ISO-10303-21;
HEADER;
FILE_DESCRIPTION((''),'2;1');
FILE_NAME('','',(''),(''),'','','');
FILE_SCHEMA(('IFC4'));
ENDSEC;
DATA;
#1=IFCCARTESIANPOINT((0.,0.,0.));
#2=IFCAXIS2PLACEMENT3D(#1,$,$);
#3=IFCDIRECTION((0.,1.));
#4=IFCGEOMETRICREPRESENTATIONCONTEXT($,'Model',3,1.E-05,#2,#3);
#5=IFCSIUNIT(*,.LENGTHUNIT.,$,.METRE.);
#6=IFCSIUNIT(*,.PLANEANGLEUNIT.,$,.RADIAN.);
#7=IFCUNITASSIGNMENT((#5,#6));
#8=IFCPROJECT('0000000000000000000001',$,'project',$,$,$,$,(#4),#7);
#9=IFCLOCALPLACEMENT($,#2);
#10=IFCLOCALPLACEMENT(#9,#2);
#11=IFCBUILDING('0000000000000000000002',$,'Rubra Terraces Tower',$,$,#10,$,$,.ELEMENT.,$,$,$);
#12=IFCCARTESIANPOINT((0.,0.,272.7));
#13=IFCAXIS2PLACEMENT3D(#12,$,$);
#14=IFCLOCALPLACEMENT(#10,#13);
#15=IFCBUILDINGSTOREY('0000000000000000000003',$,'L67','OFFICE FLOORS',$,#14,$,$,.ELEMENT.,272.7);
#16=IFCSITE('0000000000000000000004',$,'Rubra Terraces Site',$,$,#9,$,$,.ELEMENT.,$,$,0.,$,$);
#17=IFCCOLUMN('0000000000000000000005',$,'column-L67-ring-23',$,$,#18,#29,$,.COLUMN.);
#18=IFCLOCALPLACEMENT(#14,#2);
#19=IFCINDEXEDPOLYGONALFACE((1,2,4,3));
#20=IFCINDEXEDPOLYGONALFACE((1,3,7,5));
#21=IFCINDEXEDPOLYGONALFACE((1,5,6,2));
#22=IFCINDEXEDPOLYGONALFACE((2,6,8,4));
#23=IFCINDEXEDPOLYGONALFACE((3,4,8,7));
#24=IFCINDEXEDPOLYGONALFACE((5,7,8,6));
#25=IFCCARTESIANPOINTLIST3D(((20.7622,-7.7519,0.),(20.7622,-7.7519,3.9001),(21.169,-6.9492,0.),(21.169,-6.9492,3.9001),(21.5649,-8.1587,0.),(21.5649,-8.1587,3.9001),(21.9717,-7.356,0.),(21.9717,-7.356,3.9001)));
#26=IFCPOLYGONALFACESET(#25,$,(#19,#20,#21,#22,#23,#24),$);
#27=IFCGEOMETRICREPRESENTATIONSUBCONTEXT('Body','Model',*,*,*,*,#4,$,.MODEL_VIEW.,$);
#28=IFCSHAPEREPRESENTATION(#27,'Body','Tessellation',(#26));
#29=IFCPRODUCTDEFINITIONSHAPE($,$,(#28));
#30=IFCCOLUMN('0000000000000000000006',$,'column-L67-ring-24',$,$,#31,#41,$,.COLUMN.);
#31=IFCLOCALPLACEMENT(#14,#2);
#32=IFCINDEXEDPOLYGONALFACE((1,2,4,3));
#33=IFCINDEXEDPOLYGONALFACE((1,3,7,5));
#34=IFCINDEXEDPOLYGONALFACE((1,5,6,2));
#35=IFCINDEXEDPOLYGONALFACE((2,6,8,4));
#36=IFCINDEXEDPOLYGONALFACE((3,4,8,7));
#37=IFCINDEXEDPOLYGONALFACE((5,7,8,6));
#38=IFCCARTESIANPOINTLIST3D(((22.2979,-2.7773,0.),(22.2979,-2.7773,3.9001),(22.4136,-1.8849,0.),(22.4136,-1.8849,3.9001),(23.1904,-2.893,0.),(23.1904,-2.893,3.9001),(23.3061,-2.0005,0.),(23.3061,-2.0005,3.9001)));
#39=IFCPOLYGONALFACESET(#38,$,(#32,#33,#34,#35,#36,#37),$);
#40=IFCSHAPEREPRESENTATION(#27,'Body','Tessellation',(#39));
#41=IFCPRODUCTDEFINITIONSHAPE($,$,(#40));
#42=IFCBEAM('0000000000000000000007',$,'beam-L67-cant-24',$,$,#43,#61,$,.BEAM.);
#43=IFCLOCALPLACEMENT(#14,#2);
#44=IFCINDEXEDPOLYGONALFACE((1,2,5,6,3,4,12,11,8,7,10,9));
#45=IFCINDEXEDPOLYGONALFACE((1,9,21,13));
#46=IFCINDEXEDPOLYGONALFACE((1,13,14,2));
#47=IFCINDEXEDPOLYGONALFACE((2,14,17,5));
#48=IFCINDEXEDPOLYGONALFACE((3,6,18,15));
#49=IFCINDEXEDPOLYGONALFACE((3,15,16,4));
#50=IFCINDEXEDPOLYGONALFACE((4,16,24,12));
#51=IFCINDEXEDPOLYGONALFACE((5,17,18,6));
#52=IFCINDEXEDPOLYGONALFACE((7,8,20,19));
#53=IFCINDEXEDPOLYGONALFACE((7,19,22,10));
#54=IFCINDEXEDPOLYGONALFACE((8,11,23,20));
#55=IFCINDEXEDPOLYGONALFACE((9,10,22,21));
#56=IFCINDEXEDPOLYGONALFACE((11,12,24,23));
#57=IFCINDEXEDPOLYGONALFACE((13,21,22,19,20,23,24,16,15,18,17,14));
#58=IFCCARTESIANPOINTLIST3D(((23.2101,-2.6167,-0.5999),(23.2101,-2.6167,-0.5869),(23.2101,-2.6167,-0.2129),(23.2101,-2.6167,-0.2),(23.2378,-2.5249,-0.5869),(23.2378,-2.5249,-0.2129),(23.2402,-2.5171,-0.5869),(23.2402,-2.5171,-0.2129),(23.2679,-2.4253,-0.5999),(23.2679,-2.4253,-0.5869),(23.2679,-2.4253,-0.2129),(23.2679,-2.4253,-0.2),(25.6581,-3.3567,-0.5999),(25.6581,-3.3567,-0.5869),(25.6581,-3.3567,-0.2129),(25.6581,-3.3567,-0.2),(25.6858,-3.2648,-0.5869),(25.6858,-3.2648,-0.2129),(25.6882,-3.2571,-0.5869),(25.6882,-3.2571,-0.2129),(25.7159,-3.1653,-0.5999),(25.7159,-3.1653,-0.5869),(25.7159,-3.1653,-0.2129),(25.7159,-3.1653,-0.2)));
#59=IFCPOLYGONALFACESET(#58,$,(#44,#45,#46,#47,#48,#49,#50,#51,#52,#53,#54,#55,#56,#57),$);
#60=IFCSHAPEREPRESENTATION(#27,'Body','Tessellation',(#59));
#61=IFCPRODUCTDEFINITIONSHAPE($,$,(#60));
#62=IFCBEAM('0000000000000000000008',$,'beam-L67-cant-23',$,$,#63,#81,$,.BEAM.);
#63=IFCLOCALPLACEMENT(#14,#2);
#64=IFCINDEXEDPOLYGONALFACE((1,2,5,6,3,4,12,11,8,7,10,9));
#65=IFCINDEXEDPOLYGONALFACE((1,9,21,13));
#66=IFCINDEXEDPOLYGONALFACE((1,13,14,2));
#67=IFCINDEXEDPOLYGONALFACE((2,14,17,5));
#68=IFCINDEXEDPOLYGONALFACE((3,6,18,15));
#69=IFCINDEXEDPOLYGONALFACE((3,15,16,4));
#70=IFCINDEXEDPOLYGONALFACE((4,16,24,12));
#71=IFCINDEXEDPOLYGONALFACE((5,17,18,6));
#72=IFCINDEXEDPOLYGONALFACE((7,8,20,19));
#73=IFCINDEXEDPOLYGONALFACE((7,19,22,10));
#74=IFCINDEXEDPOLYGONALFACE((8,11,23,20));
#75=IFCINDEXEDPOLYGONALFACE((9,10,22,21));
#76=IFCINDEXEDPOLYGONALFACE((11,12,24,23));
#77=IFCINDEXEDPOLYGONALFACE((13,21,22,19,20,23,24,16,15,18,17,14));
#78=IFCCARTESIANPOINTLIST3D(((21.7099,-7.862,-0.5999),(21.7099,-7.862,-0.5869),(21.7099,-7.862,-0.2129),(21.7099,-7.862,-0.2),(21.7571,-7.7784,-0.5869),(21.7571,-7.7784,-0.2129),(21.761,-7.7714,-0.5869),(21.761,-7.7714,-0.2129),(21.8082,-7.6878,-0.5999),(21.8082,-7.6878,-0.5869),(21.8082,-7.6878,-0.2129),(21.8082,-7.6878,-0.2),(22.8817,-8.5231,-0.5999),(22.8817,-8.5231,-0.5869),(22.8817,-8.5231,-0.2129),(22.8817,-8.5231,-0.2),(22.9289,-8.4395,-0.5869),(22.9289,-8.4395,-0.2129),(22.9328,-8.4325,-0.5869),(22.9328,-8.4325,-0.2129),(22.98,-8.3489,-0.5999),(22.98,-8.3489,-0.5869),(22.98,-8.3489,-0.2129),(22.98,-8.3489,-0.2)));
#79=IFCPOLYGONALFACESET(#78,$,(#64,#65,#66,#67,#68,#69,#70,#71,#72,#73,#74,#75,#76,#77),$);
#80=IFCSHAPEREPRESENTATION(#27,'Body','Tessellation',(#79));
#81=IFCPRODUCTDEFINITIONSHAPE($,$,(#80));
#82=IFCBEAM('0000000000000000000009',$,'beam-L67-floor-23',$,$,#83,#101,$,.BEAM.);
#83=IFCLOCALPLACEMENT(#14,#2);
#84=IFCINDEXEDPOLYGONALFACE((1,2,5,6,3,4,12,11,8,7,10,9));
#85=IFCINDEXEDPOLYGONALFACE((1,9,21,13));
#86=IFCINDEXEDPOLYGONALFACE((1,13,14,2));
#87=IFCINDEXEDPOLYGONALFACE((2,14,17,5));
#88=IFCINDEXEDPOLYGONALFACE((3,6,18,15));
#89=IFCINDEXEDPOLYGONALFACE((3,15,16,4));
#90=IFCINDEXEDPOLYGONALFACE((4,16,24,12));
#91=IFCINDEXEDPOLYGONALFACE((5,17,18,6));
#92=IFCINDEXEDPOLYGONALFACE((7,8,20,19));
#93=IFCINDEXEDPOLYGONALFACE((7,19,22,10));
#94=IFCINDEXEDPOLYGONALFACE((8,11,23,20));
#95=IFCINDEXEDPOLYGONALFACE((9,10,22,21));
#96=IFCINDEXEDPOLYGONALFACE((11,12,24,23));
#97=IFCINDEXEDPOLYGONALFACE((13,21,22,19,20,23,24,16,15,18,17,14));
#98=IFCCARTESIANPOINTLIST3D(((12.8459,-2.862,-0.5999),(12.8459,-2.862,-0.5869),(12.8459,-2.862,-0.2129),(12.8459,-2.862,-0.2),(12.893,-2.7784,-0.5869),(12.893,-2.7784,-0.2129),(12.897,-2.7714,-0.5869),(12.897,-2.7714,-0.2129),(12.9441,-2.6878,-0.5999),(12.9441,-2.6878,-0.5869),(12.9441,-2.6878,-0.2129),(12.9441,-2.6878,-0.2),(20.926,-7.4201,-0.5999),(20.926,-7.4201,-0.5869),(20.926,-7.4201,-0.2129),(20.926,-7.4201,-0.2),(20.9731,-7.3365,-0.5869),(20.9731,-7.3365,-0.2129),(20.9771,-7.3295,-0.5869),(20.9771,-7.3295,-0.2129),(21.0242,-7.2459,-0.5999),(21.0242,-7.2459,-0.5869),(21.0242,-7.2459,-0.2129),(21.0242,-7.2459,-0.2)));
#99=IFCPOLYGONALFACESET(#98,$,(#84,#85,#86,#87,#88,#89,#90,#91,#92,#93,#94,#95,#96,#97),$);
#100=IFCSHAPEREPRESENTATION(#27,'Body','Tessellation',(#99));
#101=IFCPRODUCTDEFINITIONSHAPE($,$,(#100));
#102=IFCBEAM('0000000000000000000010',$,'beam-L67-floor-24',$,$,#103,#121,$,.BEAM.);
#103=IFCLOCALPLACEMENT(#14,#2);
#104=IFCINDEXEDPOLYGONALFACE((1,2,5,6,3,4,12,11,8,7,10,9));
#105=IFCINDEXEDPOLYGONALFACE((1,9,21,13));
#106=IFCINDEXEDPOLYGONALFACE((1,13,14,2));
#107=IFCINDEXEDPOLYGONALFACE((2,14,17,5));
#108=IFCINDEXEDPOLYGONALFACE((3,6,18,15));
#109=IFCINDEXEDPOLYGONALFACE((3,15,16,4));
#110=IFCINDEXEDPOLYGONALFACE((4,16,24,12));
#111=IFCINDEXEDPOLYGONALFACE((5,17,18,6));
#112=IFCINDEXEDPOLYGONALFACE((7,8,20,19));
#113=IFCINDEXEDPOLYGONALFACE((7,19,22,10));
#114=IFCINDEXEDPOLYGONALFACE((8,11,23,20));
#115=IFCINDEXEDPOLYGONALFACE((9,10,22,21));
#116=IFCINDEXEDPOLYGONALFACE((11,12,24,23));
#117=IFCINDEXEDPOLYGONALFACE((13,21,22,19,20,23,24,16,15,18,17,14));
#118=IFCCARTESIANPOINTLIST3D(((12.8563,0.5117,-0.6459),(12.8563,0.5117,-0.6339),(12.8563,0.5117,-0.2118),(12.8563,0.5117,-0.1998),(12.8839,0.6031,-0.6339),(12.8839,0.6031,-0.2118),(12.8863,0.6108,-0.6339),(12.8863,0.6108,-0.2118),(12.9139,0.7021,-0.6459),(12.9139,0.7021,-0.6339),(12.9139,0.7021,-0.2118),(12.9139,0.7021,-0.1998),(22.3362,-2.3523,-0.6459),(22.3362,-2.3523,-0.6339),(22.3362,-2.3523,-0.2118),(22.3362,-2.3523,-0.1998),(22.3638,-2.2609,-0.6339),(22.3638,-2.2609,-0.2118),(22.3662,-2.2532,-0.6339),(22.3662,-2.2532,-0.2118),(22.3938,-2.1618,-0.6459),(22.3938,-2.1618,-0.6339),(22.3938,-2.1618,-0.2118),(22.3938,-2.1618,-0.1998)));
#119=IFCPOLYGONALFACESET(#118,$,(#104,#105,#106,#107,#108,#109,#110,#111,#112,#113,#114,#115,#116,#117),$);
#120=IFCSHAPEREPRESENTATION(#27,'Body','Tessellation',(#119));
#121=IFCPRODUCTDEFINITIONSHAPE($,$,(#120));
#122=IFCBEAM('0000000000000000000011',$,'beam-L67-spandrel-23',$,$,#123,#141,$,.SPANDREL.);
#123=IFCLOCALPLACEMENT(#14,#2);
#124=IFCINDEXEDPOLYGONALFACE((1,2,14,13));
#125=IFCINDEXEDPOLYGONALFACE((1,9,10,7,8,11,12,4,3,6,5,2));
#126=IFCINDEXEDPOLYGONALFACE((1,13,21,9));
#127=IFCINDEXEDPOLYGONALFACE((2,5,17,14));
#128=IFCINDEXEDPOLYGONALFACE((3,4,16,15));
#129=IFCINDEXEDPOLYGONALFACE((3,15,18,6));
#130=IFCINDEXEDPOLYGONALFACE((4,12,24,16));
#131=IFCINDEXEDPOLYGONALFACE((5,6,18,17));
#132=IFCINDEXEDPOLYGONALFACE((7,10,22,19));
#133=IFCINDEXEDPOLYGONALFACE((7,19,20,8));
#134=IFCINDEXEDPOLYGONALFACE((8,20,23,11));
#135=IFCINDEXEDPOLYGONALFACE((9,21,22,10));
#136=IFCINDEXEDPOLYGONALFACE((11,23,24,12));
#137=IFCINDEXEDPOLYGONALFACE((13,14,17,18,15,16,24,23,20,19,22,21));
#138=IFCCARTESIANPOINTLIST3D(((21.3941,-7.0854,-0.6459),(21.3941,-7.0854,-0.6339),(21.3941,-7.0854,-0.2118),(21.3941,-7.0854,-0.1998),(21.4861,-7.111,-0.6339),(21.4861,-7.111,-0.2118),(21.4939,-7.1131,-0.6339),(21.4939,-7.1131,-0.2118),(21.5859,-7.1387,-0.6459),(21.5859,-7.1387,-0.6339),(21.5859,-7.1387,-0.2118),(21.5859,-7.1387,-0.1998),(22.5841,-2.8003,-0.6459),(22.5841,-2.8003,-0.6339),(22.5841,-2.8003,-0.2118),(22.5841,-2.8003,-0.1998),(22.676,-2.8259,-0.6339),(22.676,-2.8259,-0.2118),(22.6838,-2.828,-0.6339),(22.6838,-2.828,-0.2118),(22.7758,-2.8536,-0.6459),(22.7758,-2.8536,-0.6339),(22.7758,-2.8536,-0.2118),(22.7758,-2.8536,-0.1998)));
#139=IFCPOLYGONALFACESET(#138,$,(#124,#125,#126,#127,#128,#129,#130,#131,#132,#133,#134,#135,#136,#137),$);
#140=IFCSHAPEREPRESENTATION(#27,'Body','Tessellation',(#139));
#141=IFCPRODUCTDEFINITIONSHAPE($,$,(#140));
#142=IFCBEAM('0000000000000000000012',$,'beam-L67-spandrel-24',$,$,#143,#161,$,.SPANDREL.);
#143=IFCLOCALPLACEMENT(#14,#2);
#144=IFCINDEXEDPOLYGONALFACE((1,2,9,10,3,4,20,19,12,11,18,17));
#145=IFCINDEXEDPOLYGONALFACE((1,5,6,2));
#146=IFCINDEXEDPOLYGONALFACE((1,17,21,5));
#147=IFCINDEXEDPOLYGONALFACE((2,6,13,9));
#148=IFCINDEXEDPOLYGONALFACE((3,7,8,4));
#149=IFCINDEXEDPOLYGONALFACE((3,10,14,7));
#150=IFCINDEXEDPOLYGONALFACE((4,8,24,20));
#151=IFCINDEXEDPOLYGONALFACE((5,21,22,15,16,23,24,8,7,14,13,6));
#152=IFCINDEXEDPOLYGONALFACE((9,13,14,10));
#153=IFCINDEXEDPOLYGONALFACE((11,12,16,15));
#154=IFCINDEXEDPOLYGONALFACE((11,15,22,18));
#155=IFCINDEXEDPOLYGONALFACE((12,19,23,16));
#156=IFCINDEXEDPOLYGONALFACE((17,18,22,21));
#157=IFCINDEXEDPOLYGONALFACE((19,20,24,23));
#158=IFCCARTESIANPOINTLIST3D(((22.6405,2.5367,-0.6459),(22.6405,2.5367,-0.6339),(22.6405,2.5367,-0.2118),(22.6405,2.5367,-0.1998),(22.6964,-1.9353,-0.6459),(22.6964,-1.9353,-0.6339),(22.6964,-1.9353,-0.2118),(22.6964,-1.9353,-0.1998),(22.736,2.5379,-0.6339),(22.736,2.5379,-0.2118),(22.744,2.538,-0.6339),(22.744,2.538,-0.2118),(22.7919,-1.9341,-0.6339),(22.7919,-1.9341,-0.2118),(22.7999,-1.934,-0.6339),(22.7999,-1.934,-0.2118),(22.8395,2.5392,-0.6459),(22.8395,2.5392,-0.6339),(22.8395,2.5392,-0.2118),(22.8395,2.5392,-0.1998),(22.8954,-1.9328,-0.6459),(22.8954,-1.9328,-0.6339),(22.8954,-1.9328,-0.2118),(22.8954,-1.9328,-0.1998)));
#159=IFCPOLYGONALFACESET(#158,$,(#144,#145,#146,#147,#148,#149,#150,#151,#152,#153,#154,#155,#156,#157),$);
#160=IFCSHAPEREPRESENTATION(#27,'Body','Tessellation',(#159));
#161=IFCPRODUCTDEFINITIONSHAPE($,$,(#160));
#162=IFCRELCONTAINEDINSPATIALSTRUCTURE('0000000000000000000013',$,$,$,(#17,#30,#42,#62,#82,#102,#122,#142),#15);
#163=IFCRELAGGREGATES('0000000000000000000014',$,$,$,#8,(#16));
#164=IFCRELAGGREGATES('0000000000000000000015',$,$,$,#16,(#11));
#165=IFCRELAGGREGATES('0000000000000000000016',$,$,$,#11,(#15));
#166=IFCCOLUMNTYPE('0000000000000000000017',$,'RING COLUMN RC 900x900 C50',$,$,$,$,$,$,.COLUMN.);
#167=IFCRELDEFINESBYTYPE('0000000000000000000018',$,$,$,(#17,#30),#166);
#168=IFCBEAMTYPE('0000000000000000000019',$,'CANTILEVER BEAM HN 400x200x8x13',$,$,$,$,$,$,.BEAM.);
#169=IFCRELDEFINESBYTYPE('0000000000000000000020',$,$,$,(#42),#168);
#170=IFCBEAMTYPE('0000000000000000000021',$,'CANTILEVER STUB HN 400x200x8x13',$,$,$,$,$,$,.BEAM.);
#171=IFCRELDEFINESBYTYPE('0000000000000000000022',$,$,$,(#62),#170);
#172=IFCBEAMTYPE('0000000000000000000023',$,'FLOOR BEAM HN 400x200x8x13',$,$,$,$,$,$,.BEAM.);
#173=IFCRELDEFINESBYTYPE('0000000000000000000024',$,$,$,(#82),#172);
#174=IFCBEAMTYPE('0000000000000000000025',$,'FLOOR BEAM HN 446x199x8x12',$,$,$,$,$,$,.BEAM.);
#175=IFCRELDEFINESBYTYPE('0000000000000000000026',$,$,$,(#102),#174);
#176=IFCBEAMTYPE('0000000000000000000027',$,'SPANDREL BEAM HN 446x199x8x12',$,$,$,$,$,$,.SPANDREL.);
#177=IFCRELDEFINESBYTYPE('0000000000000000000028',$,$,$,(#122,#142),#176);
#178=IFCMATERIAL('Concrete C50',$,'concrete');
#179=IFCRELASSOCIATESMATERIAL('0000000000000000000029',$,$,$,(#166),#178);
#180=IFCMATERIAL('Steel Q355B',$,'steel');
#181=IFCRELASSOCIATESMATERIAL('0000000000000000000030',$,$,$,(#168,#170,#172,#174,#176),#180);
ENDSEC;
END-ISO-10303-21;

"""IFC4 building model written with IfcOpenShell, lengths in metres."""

from ifc_helpers import new_model, si_unit, direction, frame, origin, origin_2d, place, context, subcontext, project, spatial, rectangle, i_section, extrude, material, material_profile, profile_set, type_object, element, save


model = new_model("IFC4")

# Units and contexts
model_context = context("Model", 3, precision=1e-05, world=origin(), true_north=direction((0.0, 1.0)))
body_context = subcontext(model_context, "Body", "Model", "MODEL_VIEW")
ifc_project = project(units=[si_unit("LENGTHUNIT", "METRE"), si_unit("PLANEANGLEUNIT", "RADIAN")], contexts=[model_context])

# Site, building, storey
site_placement = place(None, origin())
site = spatial("IfcSite", under=ifc_project, at=site_placement, Name="Rubra Terraces Site", CompositionType="ELEMENT", RefElevation=0.0)
building_placement = place(site_placement, origin())
building = spatial("IfcBuilding", under=site, at=building_placement, Name="Rubra Terraces Tower", CompositionType="ELEMENT")
storey_placement = place(building_placement, frame((0.0, 0.0, 272.7)))
storey = spatial("IfcBuildingStorey", under=building, at=storey_placement, Name="L67", Description="OFFICE FLOORS", CompositionType="ELEMENT", Elevation=272.7)

# Columns
ifc_material_1 = material(Name="Concrete C50", Category="concrete")
ifc_material_profile_1 = material_profile(ifc_material_1, rectangle(XDim=0.8999, YDim=0.8999, at=origin_2d()), Name="RC 900x900")
ifc_profile_set_1 = profile_set([ifc_material_profile_1], Name="Concrete C50")
column_type = type_object("IfcColumnType", Name="RING COLUMN RC 900x900 C50", PredefinedType="COLUMN", material=ifc_profile_set_1)
for number, where, z_axis, x_axis, name in (
    (1, (21.3669, -7.554, 0.0), (0.0, 0.0, 1.0), (0.452079, 0.891978, 0.0), "column-L67-ring-23"),
    (2, (22.802, -2.3889, 0.0), (0.0, 0.0, 1.0), (0.128535, 0.991705, 0.0), "column-L67-ring-24"),
):
    element("IfcColumn", number, at=place(storey_placement, frame(where, z_axis=z_axis, x_axis=x_axis)), inside=storey, type_object=column_type, Name=name, PredefinedType="COLUMN", context=body_context, shape_type="SweptSolid", body=[
        extrude(rectangle(XDim=0.8999, YDim=0.8999, at=origin_2d()), origin(), (0.0, 0.0, 1.0), 3.9001),
    ])

# Beams
ifc_material_2 = material(Name="Steel Q355B", Category="steel")
ifc_material_profile_2 = material_profile(ifc_material_2, i_section(OverallWidth=0.2, OverallDepth=0.3999, WebThickness=0.0081, FlangeThickness=0.0129, at=origin_2d()), Name="HN 400x200x8x13")
ifc_profile_set_2 = profile_set([ifc_material_profile_2], Name="Steel Q355B")
beam_type_1 = type_object("IfcBeamType", Name="CANTILEVER BEAM HN 400x200x8x13", PredefinedType="BEAM", material=ifc_profile_set_2)
beam_1_placement = place(storey_placement, frame((23.239, -2.521, -0.3999), z_axis=(0.957222, -0.289353, 0.0), x_axis=(0.289353, 0.957222, 0.0)))
element("IfcBeam", 3, at=beam_1_placement, inside=storey, type_object=beam_type_1, Name="beam-L67-cant-24", PredefinedType="BEAM", context=body_context, shape_type="SweptSolid", body=[
    extrude(i_section(OverallWidth=0.2, OverallDepth=0.3999, WebThickness=0.0081, FlangeThickness=0.0129, at=origin_2d()), origin(), (0.0, 0.0, 1.0), 2.5574),
])
ifc_material_profile_3 = material_profile(ifc_material_2, i_section(OverallWidth=0.2, OverallDepth=0.3999, WebThickness=0.0081, FlangeThickness=0.0129, at=origin_2d()), Name="HN 400x200x8x13")
ifc_profile_set_3 = profile_set([ifc_material_profile_3], Name="Steel Q355B")
beam_type_2 = type_object("IfcBeamType", Name="CANTILEVER STUB HN 400x200x8x13", PredefinedType="BEAM", material=ifc_profile_set_3)
beam_2_placement = place(storey_placement, frame((21.759, -7.7749, -0.3999), z_axis=(0.870955, -0.491364, 0.0), x_axis=(0.491364, 0.870955, 0.0)))
element("IfcBeam", 4, at=beam_2_placement, inside=storey, type_object=beam_type_2, Name="beam-L67-cant-23", PredefinedType="BEAM", context=body_context, shape_type="SweptSolid", body=[
    extrude(i_section(OverallWidth=0.2, OverallDepth=0.3999, WebThickness=0.0081, FlangeThickness=0.0129, at=origin_2d()), origin(), (0.0, 0.0, 1.0), 1.3455),
])
ifc_material_profile_4 = material_profile(ifc_material_2, i_section(OverallWidth=0.2, OverallDepth=0.3999, WebThickness=0.0081, FlangeThickness=0.0129, at=origin_2d()), Name="HN 400x200x8x13")
ifc_profile_set_4 = profile_set([ifc_material_profile_4], Name="Steel Q355B")
beam_type_3 = type_object("IfcBeamType", Name="FLOOR BEAM HN 400x200x8x13", PredefinedType="BEAM", material=ifc_profile_set_4)
beam_3_placement = place(storey_placement, frame((20.9751, -7.333, -0.3999), z_axis=(-0.870973, 0.49133, 0.0), x_axis=(-0.49133, -0.870973, 0.0)))
element("IfcBeam", 5, at=beam_3_placement, inside=storey, type_object=beam_type_3, Name="beam-L67-floor-23", PredefinedType="BEAM", context=body_context, shape_type="SweptSolid", body=[
    extrude(i_section(OverallWidth=0.2, OverallDepth=0.3999, WebThickness=0.0081, FlangeThickness=0.0129, at=origin_2d()), origin(), (0.0, 0.0, 1.0), 9.2771),
])
ifc_material_profile_5 = material_profile(ifc_material_2, i_section(OverallWidth=0.199, OverallDepth=0.446, WebThickness=0.0081, FlangeThickness=0.012, at=origin_2d()), Name="HN 446x199x8x12")
ifc_profile_set_5 = profile_set([ifc_material_profile_5], Name="Steel Q355B")
beam_type_4 = type_object("IfcBeamType", Name="FLOOR BEAM HN 446x199x8x12", PredefinedType="BEAM", material=ifc_profile_set_5)
beam_4_placement = place(storey_placement, frame((22.365, -2.2571, -0.4229), z_axis=(-0.957268, 0.289202, 0.0), x_axis=(-0.289202, -0.957268, 0.0)))
element("IfcBeam", 6, at=beam_4_placement, inside=storey, type_object=beam_type_4, Name="beam-L67-floor-24", PredefinedType="BEAM", context=body_context, shape_type="SweptSolid", body=[
    extrude(i_section(OverallWidth=0.199, OverallDepth=0.446, WebThickness=0.0081, FlangeThickness=0.012, at=origin_2d()), origin(), (0.0, 0.0, 1.0), 9.9031),
])
ifc_material_profile_6 = material_profile(ifc_material_2, i_section(OverallWidth=0.199, OverallDepth=0.446, WebThickness=0.0081, FlangeThickness=0.012, at=origin_2d()), Name="HN 446x199x8x12")
ifc_profile_set_6 = profile_set([ifc_material_profile_6], Name="Steel Q355B")
beam_type_5 = type_object("IfcBeamType", Name="SPANDREL BEAM HN 446x199x8x12", PredefinedType="SPANDREL", material=ifc_profile_set_6)
beam_5_placement = place(storey_placement, frame((21.49, -7.1121, -0.4229), z_axis=(0.267565, 0.96354, 0.0), x_axis=(-0.96354, 0.267565, 0.0)))
element("IfcBeam", 7, at=beam_5_placement, inside=storey, type_object=beam_type_5, Name="beam-L67-spandrel-23", PredefinedType="SPANDREL", context=body_context, shape_type="SweptSolid", body=[
    extrude(i_section(OverallWidth=0.199, OverallDepth=0.446, WebThickness=0.0081, FlangeThickness=0.012, at=origin_2d()), origin(), (0.0, 0.0, 1.0), 4.4473),
])
beam_6_placement = place(storey_placement, frame((22.7959, -1.9341, -0.4229), z_axis=(-0.0125, 0.999922, 0.0), x_axis=(-0.999922, -0.0125, 0.0)))
element("IfcBeam", 8, at=beam_6_placement, inside=storey, type_object=beam_type_5, Name="beam-L67-spandrel-24", PredefinedType="SPANDREL", context=body_context, shape_type="SweptSolid", body=[
    extrude(i_section(OverallWidth=0.199, OverallDepth=0.446, WebThickness=0.0081, FlangeThickness=0.012, at=origin_2d()), origin(), (0.0, 0.0, 1.0), 4.4724),
])

save(model, "model.ifc")
